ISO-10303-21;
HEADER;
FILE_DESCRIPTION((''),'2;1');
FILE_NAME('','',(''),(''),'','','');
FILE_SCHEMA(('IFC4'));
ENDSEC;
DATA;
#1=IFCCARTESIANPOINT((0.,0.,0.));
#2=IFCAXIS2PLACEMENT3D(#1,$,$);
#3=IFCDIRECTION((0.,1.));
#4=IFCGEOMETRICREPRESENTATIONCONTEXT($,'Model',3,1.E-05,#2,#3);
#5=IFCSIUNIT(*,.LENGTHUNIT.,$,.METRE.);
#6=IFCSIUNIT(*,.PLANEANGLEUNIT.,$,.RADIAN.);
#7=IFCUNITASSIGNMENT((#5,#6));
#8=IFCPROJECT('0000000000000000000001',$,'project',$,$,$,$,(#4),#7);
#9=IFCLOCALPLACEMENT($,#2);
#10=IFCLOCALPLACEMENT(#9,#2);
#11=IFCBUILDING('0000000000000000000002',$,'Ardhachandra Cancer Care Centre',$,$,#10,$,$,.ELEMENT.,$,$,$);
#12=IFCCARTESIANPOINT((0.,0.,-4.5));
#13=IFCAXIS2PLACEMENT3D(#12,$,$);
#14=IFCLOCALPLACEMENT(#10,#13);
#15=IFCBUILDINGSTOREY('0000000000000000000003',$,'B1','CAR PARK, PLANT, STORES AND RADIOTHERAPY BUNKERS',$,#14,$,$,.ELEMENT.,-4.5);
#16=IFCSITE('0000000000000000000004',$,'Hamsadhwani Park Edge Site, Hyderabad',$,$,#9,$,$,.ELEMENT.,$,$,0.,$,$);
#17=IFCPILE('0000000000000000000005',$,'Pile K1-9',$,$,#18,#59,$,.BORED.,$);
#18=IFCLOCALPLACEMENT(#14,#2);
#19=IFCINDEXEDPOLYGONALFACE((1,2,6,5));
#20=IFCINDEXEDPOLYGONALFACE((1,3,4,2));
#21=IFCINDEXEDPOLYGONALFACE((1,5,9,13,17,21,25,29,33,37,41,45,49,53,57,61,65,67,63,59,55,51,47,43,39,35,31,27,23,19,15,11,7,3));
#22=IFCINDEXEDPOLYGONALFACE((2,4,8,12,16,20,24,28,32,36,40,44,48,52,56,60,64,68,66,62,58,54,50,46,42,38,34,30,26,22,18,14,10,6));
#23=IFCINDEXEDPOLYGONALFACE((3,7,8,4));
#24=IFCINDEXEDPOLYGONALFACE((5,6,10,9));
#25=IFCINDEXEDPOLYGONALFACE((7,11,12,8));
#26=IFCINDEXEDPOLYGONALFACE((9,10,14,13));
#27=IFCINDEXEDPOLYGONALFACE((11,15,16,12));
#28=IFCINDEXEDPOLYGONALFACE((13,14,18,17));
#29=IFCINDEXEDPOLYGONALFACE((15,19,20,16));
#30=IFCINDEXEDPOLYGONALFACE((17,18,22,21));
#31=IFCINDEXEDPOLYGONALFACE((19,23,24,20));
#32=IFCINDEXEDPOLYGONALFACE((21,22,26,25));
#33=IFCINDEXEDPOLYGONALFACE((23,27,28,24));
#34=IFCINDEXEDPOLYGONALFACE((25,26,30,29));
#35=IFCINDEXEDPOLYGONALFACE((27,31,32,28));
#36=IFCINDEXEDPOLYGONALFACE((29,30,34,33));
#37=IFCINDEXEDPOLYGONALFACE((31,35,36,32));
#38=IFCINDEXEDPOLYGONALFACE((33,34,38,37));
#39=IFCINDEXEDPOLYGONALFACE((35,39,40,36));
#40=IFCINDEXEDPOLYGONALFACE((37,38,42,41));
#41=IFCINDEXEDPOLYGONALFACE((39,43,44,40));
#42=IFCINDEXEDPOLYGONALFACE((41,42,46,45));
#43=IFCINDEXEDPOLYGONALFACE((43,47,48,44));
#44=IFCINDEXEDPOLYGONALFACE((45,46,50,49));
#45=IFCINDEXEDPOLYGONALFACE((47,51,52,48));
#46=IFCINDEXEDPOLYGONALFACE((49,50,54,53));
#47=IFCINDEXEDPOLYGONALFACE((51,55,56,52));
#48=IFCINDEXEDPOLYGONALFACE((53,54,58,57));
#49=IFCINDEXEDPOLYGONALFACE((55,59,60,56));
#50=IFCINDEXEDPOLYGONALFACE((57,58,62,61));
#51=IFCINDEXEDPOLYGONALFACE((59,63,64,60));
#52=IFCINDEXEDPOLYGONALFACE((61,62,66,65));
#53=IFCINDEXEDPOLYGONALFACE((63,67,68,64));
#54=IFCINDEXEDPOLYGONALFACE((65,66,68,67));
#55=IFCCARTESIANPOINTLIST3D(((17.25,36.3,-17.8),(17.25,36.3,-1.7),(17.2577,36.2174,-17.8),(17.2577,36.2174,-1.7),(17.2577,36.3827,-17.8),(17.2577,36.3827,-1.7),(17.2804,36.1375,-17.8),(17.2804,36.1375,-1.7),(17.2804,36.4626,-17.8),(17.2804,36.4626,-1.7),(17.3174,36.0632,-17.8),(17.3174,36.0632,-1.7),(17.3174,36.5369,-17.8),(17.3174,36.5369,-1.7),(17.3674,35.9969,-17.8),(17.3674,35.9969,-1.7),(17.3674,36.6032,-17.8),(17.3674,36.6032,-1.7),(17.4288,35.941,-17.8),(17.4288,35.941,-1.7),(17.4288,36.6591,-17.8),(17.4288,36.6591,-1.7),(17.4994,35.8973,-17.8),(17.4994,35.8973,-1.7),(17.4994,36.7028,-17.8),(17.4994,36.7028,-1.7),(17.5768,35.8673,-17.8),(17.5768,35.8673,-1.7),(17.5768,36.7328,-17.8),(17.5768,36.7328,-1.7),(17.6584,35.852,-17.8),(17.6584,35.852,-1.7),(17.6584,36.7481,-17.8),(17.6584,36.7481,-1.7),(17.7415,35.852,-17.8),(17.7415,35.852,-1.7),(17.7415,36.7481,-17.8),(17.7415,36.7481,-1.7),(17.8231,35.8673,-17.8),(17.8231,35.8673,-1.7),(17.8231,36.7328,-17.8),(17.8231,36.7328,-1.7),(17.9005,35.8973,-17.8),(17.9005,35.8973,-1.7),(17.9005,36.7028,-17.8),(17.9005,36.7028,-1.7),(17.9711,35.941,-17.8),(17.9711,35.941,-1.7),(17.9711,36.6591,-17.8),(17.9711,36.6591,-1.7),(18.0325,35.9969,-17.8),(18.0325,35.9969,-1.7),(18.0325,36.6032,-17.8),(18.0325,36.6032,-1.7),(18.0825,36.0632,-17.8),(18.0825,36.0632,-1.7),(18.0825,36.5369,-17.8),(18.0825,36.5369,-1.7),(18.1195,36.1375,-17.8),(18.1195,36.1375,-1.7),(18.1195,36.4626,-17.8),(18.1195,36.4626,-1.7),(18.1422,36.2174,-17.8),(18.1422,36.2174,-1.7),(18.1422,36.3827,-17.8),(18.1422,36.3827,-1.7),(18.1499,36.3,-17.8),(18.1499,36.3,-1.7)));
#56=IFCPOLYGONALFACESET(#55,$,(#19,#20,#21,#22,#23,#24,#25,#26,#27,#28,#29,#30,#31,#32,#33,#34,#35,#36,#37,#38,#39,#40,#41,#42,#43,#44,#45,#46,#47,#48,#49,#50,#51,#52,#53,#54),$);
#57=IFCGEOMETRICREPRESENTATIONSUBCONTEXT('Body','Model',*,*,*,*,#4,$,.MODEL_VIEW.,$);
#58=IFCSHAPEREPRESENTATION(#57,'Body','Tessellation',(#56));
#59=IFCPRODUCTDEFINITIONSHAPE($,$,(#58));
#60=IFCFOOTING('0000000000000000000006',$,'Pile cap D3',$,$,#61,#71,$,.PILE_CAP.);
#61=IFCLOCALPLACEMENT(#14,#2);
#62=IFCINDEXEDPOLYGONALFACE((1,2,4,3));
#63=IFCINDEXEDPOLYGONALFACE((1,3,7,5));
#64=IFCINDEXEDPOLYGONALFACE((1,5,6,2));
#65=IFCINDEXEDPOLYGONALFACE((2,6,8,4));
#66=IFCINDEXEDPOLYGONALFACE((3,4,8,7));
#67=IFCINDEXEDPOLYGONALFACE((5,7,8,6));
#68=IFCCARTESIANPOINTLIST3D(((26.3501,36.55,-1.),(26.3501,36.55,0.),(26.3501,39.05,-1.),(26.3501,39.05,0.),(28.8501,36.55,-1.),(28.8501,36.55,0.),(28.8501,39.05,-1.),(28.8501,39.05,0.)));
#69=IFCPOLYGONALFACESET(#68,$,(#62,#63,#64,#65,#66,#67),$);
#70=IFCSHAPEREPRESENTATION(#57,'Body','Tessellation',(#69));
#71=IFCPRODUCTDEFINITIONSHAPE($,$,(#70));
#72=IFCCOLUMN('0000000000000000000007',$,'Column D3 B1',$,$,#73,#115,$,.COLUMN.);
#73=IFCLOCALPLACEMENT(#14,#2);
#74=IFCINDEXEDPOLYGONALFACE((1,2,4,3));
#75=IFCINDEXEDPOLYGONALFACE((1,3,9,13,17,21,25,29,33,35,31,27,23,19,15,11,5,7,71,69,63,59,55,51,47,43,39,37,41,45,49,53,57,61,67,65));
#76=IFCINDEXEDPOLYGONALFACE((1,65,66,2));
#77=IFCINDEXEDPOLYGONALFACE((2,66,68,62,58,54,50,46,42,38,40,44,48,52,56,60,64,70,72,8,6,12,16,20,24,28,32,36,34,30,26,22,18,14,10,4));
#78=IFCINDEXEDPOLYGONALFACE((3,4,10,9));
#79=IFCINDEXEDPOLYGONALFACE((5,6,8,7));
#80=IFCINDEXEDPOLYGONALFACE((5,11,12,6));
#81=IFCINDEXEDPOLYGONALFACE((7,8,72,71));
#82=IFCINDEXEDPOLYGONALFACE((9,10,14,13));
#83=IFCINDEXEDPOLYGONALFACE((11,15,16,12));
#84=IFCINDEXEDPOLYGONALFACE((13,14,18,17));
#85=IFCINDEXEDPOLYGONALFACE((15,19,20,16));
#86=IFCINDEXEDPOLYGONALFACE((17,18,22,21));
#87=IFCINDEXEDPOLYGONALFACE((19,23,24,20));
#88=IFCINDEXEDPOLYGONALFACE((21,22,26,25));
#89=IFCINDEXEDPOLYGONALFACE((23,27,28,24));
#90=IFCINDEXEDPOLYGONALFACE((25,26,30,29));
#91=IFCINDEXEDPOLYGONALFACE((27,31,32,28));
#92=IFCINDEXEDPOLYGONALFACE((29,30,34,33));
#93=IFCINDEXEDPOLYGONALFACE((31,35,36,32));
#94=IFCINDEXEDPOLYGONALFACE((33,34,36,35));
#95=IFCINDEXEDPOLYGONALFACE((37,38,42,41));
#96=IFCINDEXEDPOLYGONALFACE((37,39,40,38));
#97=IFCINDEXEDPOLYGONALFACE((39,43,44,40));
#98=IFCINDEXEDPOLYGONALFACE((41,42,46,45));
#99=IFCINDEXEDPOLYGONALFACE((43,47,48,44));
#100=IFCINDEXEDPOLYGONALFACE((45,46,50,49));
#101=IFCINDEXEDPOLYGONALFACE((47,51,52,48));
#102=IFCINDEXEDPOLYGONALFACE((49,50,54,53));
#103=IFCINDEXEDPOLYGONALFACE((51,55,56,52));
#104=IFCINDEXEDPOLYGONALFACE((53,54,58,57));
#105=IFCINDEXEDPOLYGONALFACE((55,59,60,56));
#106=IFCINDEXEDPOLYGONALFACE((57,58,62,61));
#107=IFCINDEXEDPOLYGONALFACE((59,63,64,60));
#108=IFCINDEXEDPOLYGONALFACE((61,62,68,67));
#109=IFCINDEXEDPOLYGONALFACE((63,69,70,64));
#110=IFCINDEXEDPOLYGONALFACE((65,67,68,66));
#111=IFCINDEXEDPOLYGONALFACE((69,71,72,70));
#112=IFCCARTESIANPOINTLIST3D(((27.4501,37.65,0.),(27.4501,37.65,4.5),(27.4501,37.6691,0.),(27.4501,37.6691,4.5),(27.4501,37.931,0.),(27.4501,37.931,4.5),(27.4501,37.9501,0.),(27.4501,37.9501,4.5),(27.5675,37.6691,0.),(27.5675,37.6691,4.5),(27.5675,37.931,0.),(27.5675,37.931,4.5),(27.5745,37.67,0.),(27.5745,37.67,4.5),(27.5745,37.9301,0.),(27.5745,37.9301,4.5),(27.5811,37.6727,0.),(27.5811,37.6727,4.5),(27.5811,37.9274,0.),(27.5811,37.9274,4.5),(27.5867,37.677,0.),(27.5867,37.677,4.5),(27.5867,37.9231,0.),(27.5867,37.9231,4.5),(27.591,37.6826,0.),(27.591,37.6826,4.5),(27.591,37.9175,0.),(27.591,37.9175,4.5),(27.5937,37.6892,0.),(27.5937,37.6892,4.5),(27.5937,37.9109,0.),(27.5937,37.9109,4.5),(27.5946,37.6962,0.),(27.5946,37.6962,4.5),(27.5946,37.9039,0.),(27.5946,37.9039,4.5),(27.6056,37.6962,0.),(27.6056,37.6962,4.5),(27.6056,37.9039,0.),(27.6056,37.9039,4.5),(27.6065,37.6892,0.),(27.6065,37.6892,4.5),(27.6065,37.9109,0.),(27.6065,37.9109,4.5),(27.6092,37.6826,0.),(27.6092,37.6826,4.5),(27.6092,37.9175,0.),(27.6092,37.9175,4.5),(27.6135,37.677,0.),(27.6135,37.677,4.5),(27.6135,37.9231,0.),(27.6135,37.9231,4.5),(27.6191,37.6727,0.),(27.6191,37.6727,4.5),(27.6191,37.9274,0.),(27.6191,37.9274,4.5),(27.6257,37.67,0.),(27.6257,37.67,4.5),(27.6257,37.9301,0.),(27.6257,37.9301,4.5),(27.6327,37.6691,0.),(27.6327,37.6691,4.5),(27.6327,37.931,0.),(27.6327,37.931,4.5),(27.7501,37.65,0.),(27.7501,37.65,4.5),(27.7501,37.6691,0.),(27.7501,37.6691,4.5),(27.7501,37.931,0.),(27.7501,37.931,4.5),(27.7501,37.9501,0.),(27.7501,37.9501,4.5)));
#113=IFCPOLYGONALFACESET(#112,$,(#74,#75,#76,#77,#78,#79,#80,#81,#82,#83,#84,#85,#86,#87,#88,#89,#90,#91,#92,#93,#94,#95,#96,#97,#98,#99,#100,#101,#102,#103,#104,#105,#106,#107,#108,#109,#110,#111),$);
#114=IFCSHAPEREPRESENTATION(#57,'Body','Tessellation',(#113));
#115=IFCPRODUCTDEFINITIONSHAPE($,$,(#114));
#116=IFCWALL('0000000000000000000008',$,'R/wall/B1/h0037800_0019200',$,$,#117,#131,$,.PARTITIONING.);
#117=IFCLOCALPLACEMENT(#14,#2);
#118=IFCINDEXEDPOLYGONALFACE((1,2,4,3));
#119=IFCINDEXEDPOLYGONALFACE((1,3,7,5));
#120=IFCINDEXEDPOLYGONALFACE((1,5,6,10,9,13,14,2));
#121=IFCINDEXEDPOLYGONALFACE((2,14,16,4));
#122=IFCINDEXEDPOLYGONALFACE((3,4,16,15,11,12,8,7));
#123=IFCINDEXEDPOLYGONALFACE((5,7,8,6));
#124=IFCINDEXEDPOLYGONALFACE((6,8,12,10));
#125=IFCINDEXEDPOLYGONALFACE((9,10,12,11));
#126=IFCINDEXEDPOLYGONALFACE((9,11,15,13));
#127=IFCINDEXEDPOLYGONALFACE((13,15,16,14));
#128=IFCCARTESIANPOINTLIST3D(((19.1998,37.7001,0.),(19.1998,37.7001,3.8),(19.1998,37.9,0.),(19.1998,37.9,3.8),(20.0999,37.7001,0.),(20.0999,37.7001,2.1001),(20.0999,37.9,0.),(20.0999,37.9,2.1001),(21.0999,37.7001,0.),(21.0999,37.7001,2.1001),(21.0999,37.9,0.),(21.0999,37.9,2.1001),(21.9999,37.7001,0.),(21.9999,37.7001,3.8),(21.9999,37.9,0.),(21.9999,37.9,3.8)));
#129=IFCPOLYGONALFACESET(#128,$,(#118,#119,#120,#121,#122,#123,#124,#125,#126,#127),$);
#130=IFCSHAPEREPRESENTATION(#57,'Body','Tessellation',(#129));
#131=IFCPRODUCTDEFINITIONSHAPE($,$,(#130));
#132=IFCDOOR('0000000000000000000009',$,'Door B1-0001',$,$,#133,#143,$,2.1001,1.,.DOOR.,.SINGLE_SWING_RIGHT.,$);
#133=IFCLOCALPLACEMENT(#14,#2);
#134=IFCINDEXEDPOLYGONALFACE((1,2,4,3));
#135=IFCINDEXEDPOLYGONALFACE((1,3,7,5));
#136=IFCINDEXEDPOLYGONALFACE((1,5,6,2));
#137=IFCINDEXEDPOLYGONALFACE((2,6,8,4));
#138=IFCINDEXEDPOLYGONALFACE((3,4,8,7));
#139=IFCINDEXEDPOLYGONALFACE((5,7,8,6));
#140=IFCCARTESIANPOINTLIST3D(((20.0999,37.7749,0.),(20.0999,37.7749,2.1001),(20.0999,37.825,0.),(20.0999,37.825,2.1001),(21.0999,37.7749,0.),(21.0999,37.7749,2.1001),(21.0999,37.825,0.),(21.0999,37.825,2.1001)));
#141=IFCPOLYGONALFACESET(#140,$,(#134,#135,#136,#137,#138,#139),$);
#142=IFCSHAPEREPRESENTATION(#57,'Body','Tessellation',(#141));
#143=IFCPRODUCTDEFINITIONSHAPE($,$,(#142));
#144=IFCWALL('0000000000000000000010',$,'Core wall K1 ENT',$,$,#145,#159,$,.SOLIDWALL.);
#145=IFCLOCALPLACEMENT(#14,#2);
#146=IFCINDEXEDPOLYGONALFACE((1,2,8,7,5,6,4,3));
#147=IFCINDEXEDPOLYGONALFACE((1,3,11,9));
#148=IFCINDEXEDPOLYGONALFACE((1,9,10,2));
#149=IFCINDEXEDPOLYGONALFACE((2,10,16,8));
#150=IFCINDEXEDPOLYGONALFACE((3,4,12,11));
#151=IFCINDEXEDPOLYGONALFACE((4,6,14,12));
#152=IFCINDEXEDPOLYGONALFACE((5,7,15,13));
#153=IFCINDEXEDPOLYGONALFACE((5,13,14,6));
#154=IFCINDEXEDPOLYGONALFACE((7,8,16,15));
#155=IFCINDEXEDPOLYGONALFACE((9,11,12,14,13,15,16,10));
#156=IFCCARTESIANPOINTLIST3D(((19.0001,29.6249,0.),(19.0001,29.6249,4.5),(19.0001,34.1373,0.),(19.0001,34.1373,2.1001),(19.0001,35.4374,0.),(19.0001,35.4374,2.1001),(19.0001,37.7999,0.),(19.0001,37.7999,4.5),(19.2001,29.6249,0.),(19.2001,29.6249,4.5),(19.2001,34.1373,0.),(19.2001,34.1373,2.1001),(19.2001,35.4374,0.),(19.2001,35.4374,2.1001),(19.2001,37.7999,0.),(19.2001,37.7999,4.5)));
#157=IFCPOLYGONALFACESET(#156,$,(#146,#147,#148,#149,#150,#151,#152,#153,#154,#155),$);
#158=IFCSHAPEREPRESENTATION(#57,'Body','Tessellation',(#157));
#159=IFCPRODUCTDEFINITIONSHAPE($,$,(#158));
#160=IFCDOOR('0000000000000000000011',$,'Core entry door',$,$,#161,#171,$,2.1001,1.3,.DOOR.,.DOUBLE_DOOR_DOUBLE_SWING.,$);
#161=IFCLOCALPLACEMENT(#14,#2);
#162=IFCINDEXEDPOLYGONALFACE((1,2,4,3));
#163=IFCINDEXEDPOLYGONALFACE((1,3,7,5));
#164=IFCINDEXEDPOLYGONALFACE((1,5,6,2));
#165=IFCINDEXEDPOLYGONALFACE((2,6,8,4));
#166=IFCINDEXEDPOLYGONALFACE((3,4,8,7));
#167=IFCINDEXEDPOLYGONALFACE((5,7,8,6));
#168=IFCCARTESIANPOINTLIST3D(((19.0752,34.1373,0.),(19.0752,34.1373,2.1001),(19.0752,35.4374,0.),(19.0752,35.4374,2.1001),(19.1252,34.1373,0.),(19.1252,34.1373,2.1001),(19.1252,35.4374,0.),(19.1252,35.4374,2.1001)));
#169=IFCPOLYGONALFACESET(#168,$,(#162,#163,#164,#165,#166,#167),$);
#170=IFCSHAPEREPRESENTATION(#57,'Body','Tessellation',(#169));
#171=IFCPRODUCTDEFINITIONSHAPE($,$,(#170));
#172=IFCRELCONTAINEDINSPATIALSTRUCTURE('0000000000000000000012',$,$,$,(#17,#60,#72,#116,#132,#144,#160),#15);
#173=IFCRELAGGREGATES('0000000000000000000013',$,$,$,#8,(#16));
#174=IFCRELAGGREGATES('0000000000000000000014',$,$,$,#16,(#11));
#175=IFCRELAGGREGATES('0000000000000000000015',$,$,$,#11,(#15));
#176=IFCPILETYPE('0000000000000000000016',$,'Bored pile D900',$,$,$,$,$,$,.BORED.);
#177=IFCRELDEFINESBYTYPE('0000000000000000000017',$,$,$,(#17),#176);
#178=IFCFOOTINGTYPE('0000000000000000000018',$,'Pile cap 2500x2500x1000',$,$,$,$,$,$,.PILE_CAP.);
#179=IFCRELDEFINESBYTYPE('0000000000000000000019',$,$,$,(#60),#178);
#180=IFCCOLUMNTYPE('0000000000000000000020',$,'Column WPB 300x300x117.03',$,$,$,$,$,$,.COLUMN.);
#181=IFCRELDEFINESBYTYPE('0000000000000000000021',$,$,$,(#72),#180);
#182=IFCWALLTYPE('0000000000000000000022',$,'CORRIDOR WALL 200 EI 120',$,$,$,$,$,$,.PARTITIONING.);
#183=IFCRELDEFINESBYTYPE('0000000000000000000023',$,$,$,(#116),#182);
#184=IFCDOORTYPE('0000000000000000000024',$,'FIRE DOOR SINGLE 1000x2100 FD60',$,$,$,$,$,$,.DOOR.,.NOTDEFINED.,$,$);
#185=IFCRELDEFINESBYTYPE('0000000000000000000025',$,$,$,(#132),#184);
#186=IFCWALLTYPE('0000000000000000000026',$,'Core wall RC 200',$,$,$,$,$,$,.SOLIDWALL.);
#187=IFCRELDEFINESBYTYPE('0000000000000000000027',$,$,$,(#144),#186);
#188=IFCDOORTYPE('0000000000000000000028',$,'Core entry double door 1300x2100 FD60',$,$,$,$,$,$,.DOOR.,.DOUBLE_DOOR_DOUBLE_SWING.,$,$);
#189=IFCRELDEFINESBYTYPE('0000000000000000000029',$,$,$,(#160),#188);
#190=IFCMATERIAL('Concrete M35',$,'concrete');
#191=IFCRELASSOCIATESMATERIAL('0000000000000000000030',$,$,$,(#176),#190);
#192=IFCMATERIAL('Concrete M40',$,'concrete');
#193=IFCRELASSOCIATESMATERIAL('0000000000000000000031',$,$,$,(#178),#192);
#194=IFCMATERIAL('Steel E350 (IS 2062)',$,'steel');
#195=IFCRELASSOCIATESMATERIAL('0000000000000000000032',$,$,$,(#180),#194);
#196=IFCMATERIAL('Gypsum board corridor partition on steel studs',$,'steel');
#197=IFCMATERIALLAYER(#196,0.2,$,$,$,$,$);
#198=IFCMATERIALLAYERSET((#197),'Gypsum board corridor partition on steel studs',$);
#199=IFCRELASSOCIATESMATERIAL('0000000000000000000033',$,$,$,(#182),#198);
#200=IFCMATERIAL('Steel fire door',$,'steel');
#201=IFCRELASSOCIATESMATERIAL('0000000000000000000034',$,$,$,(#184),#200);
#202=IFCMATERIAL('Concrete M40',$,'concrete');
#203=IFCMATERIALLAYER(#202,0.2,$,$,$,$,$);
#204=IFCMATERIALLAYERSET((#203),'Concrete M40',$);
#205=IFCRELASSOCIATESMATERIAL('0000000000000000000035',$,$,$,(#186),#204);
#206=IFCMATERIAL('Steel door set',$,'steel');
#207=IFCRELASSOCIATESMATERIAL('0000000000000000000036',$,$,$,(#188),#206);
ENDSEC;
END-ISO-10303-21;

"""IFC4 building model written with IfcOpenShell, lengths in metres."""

from ifc_helpers import new_model, si_unit, direction, frame, frame_2d, origin, origin_2d, place, context, subcontext, project, spatial, rectangle, circle, i_section, extrude, material, layer, layer_set, material_profile, profile_set, type_object, element, fill, save


model = new_model("IFC4")

# Units and contexts
model_context = context("Model", 3, precision=1e-05, world=origin(), true_north=direction((0.0, 1.0)))
body_context = subcontext(model_context, "Body", "Model", "MODEL_VIEW")
ifc_project = project(units=[si_unit("LENGTHUNIT", "METRE"), si_unit("PLANEANGLEUNIT", "RADIAN")], contexts=[model_context])

# Site, building, storey
site_placement = place(None, origin())
site = spatial("IfcSite", under=ifc_project, at=site_placement, Name="Hamsadhwani Park Edge Site, Hyderabad", CompositionType="ELEMENT", RefElevation=0.0)
building_placement = place(site_placement, origin())
building = spatial("IfcBuilding", under=site, at=building_placement, Name="Ardhachandra Cancer Care Centre", CompositionType="ELEMENT")
storey_placement = place(building_placement, frame((0.0, 0.0, -4.5)))
storey = spatial("IfcBuildingStorey", under=building, at=storey_placement, Name="B1", Description="CAR PARK, PLANT, STORES AND RADIOTHERAPY BUNKERS", CompositionType="ELEMENT", Elevation=-4.5)

# Pile
ifc_material_1 = material(Name="Concrete M35", Category="concrete")
ifc_material_profile_1 = material_profile(ifc_material_1, circle(Radius=0.45, at=origin_2d()), Name="D900")
ifc_profile_set_1 = profile_set([ifc_material_profile_1], Name="Concrete M35")
pile_type_1 = type_object("IfcPileType", Name="Bored pile D900", PredefinedType="BORED", material=ifc_profile_set_1)
for number, where, z_axis, x_axis, name in (
    (1, (17.7, 36.3, -1.7), (0.0, 0.0, -1.0), (1.0, 0.0, 0.0), "Pile K1-9"),
):
    element("IfcPile", number, at=place(storey_placement, frame(where, z_axis=z_axis, x_axis=x_axis)), inside=storey, type_object=pile_type_1, Name=name, PredefinedType="BORED", context=body_context, shape_type="SweptSolid", body=[
        extrude(circle(Radius=0.45, at=origin_2d()), origin(), (0.0, 0.0, 1.0), 16.1001),
    ])

# Footing
ifc_material_2 = material(Name="Concrete M40", Category="concrete")
footing_type = type_object("IfcFootingType", Name="Pile cap 2500x2500x1000", PredefinedType="PILE_CAP", material=ifc_material_2)
footing_placement = place(storey_placement, frame((27.6001, 37.8, -1.0), z_axis=(0.0, 0.0, 1.0), x_axis=(1.0, 0.0, 0.0)))
element("IfcFooting", 2, at=footing_placement, inside=storey, type_object=footing_type, Name="Pile cap D3", PredefinedType="PILE_CAP", context=body_context, shape_type="SweptSolid", body=[
    extrude(rectangle(XDim=2.5, YDim=2.5, at=origin_2d()), origin(), (0.0, 0.0, 1.0), 1.0),
])

# Column
ifc_material_3 = material(Name="Steel E350 (IS 2062)", Category="steel")
ifc_material_profile_2 = material_profile(ifc_material_3, i_section(OverallWidth=0.3, OverallDepth=0.3, WebThickness=0.011, FlangeThickness=0.019, FilletRadius=0.0271, at=origin_2d()), Name="WPB 300x300x117.03")
ifc_profile_set_2 = profile_set([ifc_material_profile_2], Name="Steel E350 (IS 2062)")
column_type = type_object("IfcColumnType", Name="Column WPB 300x300x117.03", PredefinedType="COLUMN", material=ifc_profile_set_2)
column_placement = place(storey_placement, frame((27.6001, 37.8, 0.0), z_axis=(0.0, 0.0, 1.0), x_axis=(1.0, 0.0, 0.0)))
element("IfcColumn", 3, at=column_placement, inside=storey, type_object=column_type, Name="Column D3 B1", PredefinedType="COLUMN", context=body_context, shape_type="SweptSolid", body=[
    extrude(i_section(OverallWidth=0.3, OverallDepth=0.3, WebThickness=0.011, FlangeThickness=0.019, FilletRadius=0.0271, at=origin_2d()), origin(), (0.0, 0.0, 1.0), 4.5),
])

# Walls, openings, doors
ifc_material_4 = material(Name="Gypsum board corridor partition on steel studs", Category="steel")
ifc_layer_1 = layer(ifc_material_4, 0.2)
ifc_layer_set_1 = layer_set([ifc_layer_1], Name="Gypsum board corridor partition on steel studs")
wall_type_1 = type_object("IfcWallType", Name="CORRIDOR WALL 200 EI 120", PredefinedType="PARTITIONING", material=ifc_layer_set_1)
wall_1_placement = place(storey_placement, frame((19.2, 37.8, 0.0), z_axis=(0.0, 0.0, 1.0), x_axis=(1.0, 0.0, 0.0)))
wall_1 = element("IfcWall", 4, at=wall_1_placement, inside=storey, type_object=wall_type_1, Name="R/wall/B1/h0037800_0019200", PredefinedType="PARTITIONING", context=body_context, shape_type="SweptSolid", body=[
    extrude(rectangle(XDim=2.8, YDim=0.2, at=frame_2d((1.3999, 0.0))), origin(), (0.0, 0.0, 1.0), 3.8),
])
opening_1_placement = place(wall_1_placement, frame((0.8999, 0.0, 0.0)))
opening_1 = element("IfcOpeningElement", 5, at=opening_1_placement, cuts=wall_1, PredefinedType="OPENING", context=body_context, shape_type="SweptSolid", body=[
    extrude(rectangle(XDim=1.0, YDim=2.1001, at=frame_2d((0.5, 1.05))), frame((0.0, 0.1099, 0.0), z_axis=(0.0, -1.0, 0.0), x_axis=(1.0, 0.0, 0.0)), (0.0, 0.0, 1.0), 0.22),
])
ifc_material_5 = material(Name="Steel fire door", Category="steel")
door_type_1 = type_object("IfcDoorType", Name="FIRE DOOR SINGLE 1000x2100 FD60", OperationType="NOTDEFINED", PredefinedType="DOOR", material=ifc_material_5)
door_1_placement = place(opening_1_placement, origin())
door_1 = element("IfcDoor", 6, at=door_1_placement, inside=storey, type_object=door_type_1, Name="Door B1-0001", OperationType="SINGLE_SWING_RIGHT", OverallHeight=2.1001, OverallWidth=1.0, PredefinedType="DOOR", context=body_context, shape_type="SweptSolid", body=[
    extrude(rectangle(XDim=1.0, YDim=2.1001, at=frame_2d((0.5, 1.05))), frame((0.0, 0.0249, 0.0), z_axis=(0.0, -1.0, 0.0), x_axis=(1.0, 0.0, 0.0)), (0.0, 0.0, 1.0), 0.05),
])
fill(opening_1, door_1)
ifc_material_6 = material(Name="Concrete M40", Category="concrete")
ifc_layer_2 = layer(ifc_material_6, 0.2)
ifc_layer_set_2 = layer_set([ifc_layer_2], Name="Concrete M40")
wall_type_2 = type_object("IfcWallType", Name="Core wall RC 200", PredefinedType="SOLIDWALL", material=ifc_layer_set_2)
wall_2_placement = place(storey_placement, frame((19.1001, 29.625, 0.0), z_axis=(0.0, 0.0, 1.0), x_axis=(0.0, 1.0, 0.0)))
wall_2 = element("IfcWall", 7, at=wall_2_placement, inside=storey, type_object=wall_type_2, Name="Core wall K1 ENT", PredefinedType="SOLIDWALL", context=body_context, shape_type="SweptSolid", body=[
    extrude(rectangle(XDim=8.175, YDim=0.2, at=frame_2d((4.0874, 0.0))), origin(), (0.0, 0.0, 1.0), 4.5),
])
opening_2_placement = place(wall_2_placement, frame((4.5125, 0.0, 0.0)))
opening_2 = element("IfcOpeningElement", 8, at=opening_2_placement, cuts=wall_2, PredefinedType="OPENING", context=body_context, shape_type="SweptSolid", body=[
    extrude(rectangle(XDim=1.3, YDim=2.1001, at=frame_2d((0.6499, 1.05))), frame((0.0, 0.1099, 0.0), z_axis=(0.0, -1.0, 0.0), x_axis=(1.0, 0.0, 0.0)), (0.0, 0.0, 1.0), 0.22),
])
ifc_material_7 = material(Name="Steel door set", Category="steel")
door_type_2 = type_object("IfcDoorType", Name="Core entry double door 1300x2100 FD60", OperationType="DOUBLE_DOOR_DOUBLE_SWING", PredefinedType="DOOR", material=ifc_material_7)
door_2_placement = place(opening_2_placement, origin())
door_2 = element("IfcDoor", 9, at=door_2_placement, inside=storey, type_object=door_type_2, Name="Core entry door", OperationType="DOUBLE_DOOR_DOUBLE_SWING", OverallHeight=2.1001, OverallWidth=1.3, PredefinedType="DOOR", context=body_context, shape_type="SweptSolid", body=[
    extrude(rectangle(XDim=1.3, YDim=2.1001, at=frame_2d((0.6499, 1.05))), frame((0.0, 0.0249, 0.0), z_axis=(0.0, -1.0, 0.0), x_axis=(1.0, 0.0, 0.0)), (0.0, 0.0, 1.0), 0.05),
])
fill(opening_2, door_2)

save(model, "model.ifc")
